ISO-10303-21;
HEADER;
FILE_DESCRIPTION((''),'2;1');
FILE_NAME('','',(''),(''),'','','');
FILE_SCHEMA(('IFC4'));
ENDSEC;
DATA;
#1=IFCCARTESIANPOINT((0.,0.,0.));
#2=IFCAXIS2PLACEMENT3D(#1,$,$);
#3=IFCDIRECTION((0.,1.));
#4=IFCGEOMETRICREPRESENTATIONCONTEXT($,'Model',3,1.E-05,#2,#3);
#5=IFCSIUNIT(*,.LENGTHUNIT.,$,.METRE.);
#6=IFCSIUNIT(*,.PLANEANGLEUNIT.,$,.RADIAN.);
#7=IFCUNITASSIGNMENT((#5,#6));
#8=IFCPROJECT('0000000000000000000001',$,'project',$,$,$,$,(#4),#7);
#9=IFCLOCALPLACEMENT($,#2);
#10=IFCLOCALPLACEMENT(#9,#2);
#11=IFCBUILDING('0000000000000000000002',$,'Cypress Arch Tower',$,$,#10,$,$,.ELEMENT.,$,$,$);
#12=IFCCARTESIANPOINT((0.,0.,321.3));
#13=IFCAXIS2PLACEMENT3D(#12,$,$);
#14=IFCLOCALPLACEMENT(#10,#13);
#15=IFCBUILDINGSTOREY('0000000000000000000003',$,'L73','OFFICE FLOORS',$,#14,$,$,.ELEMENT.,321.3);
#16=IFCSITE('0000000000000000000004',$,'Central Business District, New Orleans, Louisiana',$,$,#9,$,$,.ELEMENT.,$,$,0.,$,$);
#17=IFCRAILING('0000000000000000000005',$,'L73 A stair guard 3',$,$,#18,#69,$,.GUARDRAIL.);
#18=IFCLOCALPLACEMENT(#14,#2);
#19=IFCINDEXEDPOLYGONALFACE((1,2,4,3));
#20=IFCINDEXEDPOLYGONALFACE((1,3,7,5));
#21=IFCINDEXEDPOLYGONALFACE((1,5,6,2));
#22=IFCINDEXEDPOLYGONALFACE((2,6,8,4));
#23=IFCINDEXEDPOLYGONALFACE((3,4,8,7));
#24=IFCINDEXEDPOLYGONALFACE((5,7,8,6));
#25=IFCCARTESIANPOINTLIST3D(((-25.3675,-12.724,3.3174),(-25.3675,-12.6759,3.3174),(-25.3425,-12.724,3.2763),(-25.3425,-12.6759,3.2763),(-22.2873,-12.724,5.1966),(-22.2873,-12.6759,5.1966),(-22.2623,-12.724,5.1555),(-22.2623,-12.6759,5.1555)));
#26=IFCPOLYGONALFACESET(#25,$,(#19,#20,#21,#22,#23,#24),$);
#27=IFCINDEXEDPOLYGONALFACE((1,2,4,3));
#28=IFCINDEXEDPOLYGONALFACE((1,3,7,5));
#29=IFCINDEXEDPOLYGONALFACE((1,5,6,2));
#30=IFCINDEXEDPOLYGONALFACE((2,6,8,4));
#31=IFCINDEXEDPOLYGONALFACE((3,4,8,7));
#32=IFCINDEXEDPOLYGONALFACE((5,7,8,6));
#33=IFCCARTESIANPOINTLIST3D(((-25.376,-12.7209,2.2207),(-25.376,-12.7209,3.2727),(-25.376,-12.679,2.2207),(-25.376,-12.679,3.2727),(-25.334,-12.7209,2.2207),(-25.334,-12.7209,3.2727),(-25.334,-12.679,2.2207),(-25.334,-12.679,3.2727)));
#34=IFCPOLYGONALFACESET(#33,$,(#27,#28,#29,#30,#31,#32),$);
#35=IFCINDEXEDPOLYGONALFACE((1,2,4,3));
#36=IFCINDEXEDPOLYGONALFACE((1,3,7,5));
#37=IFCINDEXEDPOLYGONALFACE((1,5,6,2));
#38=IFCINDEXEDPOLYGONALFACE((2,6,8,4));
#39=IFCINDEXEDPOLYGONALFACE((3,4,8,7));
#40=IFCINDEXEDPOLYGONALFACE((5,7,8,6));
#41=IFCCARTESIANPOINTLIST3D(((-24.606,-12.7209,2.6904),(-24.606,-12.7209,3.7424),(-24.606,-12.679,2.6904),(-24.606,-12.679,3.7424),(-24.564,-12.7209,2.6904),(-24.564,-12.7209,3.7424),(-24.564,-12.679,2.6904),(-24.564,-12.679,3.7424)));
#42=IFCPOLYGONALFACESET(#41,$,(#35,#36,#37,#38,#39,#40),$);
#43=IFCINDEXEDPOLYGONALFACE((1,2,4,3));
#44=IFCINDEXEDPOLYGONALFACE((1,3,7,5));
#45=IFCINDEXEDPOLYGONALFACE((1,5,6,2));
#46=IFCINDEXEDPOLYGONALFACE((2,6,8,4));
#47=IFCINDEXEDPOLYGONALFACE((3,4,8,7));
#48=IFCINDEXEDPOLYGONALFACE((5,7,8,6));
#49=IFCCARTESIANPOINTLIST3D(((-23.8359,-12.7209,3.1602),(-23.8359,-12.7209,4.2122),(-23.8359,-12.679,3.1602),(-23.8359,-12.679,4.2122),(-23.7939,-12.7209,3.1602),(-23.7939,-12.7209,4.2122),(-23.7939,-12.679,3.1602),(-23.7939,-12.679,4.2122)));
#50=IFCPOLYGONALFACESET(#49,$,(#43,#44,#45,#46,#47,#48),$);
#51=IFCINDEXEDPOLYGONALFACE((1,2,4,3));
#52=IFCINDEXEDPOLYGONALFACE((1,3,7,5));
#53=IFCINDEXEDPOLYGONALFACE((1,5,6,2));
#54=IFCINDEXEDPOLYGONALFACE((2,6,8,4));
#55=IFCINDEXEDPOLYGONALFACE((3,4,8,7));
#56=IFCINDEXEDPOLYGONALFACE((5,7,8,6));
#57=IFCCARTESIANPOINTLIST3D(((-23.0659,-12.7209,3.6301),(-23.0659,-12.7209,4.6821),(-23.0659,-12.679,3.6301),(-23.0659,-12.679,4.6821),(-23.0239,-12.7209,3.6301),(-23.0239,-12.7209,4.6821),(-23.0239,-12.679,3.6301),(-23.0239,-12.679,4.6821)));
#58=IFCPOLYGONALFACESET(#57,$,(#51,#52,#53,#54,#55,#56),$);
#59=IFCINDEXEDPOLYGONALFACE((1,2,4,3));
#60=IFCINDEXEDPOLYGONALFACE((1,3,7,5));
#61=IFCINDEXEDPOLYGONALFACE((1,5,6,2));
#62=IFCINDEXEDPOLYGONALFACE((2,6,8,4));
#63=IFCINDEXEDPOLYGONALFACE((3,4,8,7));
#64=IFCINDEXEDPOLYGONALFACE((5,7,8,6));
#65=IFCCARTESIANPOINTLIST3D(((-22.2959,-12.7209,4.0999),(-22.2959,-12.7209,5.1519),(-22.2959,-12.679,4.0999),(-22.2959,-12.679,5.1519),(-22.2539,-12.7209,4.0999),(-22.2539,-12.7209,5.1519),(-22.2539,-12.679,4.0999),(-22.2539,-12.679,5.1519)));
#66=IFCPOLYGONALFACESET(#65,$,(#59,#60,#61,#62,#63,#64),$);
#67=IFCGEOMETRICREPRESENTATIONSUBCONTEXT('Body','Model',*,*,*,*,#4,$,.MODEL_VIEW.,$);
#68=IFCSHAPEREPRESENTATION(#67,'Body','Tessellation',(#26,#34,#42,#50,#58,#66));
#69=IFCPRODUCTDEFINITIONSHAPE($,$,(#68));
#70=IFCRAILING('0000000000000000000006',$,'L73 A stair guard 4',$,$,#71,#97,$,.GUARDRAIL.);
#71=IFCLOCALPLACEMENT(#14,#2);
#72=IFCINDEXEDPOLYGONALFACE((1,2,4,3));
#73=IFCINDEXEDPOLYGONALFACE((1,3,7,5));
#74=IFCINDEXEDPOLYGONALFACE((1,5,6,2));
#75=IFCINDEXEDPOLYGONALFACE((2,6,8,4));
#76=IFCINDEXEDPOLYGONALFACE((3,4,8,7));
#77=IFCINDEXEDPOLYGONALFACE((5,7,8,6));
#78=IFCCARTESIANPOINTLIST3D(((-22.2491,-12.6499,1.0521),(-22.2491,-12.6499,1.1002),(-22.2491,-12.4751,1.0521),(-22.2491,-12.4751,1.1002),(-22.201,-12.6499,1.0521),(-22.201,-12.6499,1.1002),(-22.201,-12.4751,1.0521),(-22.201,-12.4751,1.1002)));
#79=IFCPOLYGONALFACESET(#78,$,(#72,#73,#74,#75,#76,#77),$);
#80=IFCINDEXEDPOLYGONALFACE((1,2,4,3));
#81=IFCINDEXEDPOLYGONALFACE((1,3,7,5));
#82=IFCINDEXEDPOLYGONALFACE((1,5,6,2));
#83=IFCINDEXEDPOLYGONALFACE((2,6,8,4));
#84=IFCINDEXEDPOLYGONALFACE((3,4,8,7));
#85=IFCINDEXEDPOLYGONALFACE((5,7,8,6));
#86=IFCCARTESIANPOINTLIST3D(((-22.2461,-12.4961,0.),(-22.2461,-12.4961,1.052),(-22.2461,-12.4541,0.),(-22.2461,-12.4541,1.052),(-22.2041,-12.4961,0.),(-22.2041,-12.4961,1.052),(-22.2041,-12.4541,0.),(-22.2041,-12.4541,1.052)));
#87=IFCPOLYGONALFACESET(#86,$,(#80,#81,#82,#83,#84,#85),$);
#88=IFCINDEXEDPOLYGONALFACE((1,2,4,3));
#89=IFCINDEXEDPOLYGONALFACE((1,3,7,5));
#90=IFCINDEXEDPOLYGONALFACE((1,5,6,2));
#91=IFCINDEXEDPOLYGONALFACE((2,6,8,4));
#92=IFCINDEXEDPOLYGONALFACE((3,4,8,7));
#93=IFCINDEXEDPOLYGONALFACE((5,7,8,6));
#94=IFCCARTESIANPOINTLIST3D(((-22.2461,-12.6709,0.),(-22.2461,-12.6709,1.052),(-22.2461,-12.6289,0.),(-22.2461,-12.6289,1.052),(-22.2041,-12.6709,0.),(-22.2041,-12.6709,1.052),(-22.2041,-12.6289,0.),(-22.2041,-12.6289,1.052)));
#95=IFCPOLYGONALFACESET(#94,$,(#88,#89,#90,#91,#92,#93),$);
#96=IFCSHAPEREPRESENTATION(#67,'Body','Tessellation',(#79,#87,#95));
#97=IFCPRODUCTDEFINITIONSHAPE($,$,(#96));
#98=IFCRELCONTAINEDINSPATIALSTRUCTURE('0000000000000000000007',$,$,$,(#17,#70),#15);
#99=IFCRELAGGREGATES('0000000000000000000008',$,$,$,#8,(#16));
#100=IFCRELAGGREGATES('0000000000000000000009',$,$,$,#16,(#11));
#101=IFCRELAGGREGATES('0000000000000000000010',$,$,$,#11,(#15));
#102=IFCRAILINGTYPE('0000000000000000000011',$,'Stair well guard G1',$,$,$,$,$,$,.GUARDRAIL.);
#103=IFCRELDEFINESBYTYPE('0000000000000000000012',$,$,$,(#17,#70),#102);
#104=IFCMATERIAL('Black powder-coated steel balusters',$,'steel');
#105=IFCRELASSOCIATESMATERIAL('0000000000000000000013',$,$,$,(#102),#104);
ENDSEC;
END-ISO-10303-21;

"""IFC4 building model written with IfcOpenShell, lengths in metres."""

from ifc_helpers import new_model, si_unit, direction, frame, origin, origin_2d, place, context, subcontext, project, spatial, rectangle, extrude, material, type_object, element, save


model = new_model("IFC4")

# Units and contexts
model_context = context("Model", 3, precision=1e-05, world=origin(), true_north=direction((0.0, 1.0)))
body_context = subcontext(model_context, "Body", "Model", "MODEL_VIEW")
ifc_project = project(units=[si_unit("LENGTHUNIT", "METRE"), si_unit("PLANEANGLEUNIT", "RADIAN")], contexts=[model_context])

# Site, building, storey
site_placement = place(None, origin())
site = spatial("IfcSite", under=ifc_project, at=site_placement, Name="Central Business District, New Orleans, Louisiana", CompositionType="ELEMENT", RefElevation=0.0)
building_placement = place(site_placement, origin())
building = spatial("IfcBuilding", under=site, at=building_placement, Name="Cypress Arch Tower", CompositionType="ELEMENT")
storey_placement = place(building_placement, frame((0.0, 0.0, 321.3)))
storey = spatial("IfcBuildingStorey", under=building, at=storey_placement, Name="L73", Description="OFFICE FLOORS", CompositionType="ELEMENT", Elevation=321.3)

# Railings
ifc_material_1 = material(Name="Black powder-coated steel balusters", Category="steel")
railing_type_1 = type_object("IfcRailingType", Name="Stair well guard G1", PredefinedType="GUARDRAIL", material=ifc_material_1)
railing_1_placement = place(storey_placement, frame((-25.355, -12.7, 2.2207)))
element("IfcRailing", 1, at=railing_1_placement, inside=storey, type_object=railing_type_1, Name="L73 A stair guard 3", PredefinedType="GUARDRAIL", context=body_context, shape_type="SweptSolid", body=[
    extrude(rectangle(XDim=0.0481, YDim=0.0481, at=origin_2d()), frame((0.0, 0.0, 1.0762), z_axis=(0.853666, 0.0, 0.52082), x_axis=(0.0, 1.0, 0.0)), (0.0, 0.0, 1.0), 3.6082),
    extrude(rectangle(XDim=0.042, YDim=0.042, at=origin_2d()), origin(), (0.0, 0.0, 1.0), 1.052),
    extrude(rectangle(XDim=0.042, YDim=0.042, at=origin_2d()), frame((0.77, 0.0, 0.4697)), (0.0, 0.0, 1.0), 1.052),
    extrude(rectangle(XDim=0.042, YDim=0.042, at=origin_2d()), frame((1.54, 0.0, 0.9395)), (0.0, 0.0, 1.0), 1.052),
    extrude(rectangle(XDim=0.042, YDim=0.042, at=origin_2d()), frame((2.3101, 0.0, 1.4094)), (0.0, 0.0, 1.0), 1.052),
    extrude(rectangle(XDim=0.042, YDim=0.042, at=origin_2d()), frame((3.0801, 0.0, 1.8792)), (0.0, 0.0, 1.0), 1.052),
])
railing_2_placement = place(storey_placement, frame((-22.2251, -12.4751, 0.0)))
element("IfcRailing", 2, at=railing_2_placement, inside=storey, type_object=railing_type_1, Name="L73 A stair guard 4", PredefinedType="GUARDRAIL", context=body_context, shape_type="SweptSolid", body=[
    extrude(rectangle(XDim=0.0481, YDim=0.0481, at=origin_2d()), frame((0.0, 0.0, 1.0762), z_axis=(0.0, -1.0, 0.0), x_axis=(1.0, 0.0, 0.0)), (0.0, 0.0, 1.0), 0.1748),
    extrude(rectangle(XDim=0.042, YDim=0.042, at=origin_2d()), origin(), (0.0, 0.0, 1.0), 1.052),
    extrude(rectangle(XDim=0.042, YDim=0.042, at=origin_2d()), frame((0.0, -0.1748, 0.0)), (0.0, 0.0, 1.0), 1.052),
])

save(model, "model.ifc")
